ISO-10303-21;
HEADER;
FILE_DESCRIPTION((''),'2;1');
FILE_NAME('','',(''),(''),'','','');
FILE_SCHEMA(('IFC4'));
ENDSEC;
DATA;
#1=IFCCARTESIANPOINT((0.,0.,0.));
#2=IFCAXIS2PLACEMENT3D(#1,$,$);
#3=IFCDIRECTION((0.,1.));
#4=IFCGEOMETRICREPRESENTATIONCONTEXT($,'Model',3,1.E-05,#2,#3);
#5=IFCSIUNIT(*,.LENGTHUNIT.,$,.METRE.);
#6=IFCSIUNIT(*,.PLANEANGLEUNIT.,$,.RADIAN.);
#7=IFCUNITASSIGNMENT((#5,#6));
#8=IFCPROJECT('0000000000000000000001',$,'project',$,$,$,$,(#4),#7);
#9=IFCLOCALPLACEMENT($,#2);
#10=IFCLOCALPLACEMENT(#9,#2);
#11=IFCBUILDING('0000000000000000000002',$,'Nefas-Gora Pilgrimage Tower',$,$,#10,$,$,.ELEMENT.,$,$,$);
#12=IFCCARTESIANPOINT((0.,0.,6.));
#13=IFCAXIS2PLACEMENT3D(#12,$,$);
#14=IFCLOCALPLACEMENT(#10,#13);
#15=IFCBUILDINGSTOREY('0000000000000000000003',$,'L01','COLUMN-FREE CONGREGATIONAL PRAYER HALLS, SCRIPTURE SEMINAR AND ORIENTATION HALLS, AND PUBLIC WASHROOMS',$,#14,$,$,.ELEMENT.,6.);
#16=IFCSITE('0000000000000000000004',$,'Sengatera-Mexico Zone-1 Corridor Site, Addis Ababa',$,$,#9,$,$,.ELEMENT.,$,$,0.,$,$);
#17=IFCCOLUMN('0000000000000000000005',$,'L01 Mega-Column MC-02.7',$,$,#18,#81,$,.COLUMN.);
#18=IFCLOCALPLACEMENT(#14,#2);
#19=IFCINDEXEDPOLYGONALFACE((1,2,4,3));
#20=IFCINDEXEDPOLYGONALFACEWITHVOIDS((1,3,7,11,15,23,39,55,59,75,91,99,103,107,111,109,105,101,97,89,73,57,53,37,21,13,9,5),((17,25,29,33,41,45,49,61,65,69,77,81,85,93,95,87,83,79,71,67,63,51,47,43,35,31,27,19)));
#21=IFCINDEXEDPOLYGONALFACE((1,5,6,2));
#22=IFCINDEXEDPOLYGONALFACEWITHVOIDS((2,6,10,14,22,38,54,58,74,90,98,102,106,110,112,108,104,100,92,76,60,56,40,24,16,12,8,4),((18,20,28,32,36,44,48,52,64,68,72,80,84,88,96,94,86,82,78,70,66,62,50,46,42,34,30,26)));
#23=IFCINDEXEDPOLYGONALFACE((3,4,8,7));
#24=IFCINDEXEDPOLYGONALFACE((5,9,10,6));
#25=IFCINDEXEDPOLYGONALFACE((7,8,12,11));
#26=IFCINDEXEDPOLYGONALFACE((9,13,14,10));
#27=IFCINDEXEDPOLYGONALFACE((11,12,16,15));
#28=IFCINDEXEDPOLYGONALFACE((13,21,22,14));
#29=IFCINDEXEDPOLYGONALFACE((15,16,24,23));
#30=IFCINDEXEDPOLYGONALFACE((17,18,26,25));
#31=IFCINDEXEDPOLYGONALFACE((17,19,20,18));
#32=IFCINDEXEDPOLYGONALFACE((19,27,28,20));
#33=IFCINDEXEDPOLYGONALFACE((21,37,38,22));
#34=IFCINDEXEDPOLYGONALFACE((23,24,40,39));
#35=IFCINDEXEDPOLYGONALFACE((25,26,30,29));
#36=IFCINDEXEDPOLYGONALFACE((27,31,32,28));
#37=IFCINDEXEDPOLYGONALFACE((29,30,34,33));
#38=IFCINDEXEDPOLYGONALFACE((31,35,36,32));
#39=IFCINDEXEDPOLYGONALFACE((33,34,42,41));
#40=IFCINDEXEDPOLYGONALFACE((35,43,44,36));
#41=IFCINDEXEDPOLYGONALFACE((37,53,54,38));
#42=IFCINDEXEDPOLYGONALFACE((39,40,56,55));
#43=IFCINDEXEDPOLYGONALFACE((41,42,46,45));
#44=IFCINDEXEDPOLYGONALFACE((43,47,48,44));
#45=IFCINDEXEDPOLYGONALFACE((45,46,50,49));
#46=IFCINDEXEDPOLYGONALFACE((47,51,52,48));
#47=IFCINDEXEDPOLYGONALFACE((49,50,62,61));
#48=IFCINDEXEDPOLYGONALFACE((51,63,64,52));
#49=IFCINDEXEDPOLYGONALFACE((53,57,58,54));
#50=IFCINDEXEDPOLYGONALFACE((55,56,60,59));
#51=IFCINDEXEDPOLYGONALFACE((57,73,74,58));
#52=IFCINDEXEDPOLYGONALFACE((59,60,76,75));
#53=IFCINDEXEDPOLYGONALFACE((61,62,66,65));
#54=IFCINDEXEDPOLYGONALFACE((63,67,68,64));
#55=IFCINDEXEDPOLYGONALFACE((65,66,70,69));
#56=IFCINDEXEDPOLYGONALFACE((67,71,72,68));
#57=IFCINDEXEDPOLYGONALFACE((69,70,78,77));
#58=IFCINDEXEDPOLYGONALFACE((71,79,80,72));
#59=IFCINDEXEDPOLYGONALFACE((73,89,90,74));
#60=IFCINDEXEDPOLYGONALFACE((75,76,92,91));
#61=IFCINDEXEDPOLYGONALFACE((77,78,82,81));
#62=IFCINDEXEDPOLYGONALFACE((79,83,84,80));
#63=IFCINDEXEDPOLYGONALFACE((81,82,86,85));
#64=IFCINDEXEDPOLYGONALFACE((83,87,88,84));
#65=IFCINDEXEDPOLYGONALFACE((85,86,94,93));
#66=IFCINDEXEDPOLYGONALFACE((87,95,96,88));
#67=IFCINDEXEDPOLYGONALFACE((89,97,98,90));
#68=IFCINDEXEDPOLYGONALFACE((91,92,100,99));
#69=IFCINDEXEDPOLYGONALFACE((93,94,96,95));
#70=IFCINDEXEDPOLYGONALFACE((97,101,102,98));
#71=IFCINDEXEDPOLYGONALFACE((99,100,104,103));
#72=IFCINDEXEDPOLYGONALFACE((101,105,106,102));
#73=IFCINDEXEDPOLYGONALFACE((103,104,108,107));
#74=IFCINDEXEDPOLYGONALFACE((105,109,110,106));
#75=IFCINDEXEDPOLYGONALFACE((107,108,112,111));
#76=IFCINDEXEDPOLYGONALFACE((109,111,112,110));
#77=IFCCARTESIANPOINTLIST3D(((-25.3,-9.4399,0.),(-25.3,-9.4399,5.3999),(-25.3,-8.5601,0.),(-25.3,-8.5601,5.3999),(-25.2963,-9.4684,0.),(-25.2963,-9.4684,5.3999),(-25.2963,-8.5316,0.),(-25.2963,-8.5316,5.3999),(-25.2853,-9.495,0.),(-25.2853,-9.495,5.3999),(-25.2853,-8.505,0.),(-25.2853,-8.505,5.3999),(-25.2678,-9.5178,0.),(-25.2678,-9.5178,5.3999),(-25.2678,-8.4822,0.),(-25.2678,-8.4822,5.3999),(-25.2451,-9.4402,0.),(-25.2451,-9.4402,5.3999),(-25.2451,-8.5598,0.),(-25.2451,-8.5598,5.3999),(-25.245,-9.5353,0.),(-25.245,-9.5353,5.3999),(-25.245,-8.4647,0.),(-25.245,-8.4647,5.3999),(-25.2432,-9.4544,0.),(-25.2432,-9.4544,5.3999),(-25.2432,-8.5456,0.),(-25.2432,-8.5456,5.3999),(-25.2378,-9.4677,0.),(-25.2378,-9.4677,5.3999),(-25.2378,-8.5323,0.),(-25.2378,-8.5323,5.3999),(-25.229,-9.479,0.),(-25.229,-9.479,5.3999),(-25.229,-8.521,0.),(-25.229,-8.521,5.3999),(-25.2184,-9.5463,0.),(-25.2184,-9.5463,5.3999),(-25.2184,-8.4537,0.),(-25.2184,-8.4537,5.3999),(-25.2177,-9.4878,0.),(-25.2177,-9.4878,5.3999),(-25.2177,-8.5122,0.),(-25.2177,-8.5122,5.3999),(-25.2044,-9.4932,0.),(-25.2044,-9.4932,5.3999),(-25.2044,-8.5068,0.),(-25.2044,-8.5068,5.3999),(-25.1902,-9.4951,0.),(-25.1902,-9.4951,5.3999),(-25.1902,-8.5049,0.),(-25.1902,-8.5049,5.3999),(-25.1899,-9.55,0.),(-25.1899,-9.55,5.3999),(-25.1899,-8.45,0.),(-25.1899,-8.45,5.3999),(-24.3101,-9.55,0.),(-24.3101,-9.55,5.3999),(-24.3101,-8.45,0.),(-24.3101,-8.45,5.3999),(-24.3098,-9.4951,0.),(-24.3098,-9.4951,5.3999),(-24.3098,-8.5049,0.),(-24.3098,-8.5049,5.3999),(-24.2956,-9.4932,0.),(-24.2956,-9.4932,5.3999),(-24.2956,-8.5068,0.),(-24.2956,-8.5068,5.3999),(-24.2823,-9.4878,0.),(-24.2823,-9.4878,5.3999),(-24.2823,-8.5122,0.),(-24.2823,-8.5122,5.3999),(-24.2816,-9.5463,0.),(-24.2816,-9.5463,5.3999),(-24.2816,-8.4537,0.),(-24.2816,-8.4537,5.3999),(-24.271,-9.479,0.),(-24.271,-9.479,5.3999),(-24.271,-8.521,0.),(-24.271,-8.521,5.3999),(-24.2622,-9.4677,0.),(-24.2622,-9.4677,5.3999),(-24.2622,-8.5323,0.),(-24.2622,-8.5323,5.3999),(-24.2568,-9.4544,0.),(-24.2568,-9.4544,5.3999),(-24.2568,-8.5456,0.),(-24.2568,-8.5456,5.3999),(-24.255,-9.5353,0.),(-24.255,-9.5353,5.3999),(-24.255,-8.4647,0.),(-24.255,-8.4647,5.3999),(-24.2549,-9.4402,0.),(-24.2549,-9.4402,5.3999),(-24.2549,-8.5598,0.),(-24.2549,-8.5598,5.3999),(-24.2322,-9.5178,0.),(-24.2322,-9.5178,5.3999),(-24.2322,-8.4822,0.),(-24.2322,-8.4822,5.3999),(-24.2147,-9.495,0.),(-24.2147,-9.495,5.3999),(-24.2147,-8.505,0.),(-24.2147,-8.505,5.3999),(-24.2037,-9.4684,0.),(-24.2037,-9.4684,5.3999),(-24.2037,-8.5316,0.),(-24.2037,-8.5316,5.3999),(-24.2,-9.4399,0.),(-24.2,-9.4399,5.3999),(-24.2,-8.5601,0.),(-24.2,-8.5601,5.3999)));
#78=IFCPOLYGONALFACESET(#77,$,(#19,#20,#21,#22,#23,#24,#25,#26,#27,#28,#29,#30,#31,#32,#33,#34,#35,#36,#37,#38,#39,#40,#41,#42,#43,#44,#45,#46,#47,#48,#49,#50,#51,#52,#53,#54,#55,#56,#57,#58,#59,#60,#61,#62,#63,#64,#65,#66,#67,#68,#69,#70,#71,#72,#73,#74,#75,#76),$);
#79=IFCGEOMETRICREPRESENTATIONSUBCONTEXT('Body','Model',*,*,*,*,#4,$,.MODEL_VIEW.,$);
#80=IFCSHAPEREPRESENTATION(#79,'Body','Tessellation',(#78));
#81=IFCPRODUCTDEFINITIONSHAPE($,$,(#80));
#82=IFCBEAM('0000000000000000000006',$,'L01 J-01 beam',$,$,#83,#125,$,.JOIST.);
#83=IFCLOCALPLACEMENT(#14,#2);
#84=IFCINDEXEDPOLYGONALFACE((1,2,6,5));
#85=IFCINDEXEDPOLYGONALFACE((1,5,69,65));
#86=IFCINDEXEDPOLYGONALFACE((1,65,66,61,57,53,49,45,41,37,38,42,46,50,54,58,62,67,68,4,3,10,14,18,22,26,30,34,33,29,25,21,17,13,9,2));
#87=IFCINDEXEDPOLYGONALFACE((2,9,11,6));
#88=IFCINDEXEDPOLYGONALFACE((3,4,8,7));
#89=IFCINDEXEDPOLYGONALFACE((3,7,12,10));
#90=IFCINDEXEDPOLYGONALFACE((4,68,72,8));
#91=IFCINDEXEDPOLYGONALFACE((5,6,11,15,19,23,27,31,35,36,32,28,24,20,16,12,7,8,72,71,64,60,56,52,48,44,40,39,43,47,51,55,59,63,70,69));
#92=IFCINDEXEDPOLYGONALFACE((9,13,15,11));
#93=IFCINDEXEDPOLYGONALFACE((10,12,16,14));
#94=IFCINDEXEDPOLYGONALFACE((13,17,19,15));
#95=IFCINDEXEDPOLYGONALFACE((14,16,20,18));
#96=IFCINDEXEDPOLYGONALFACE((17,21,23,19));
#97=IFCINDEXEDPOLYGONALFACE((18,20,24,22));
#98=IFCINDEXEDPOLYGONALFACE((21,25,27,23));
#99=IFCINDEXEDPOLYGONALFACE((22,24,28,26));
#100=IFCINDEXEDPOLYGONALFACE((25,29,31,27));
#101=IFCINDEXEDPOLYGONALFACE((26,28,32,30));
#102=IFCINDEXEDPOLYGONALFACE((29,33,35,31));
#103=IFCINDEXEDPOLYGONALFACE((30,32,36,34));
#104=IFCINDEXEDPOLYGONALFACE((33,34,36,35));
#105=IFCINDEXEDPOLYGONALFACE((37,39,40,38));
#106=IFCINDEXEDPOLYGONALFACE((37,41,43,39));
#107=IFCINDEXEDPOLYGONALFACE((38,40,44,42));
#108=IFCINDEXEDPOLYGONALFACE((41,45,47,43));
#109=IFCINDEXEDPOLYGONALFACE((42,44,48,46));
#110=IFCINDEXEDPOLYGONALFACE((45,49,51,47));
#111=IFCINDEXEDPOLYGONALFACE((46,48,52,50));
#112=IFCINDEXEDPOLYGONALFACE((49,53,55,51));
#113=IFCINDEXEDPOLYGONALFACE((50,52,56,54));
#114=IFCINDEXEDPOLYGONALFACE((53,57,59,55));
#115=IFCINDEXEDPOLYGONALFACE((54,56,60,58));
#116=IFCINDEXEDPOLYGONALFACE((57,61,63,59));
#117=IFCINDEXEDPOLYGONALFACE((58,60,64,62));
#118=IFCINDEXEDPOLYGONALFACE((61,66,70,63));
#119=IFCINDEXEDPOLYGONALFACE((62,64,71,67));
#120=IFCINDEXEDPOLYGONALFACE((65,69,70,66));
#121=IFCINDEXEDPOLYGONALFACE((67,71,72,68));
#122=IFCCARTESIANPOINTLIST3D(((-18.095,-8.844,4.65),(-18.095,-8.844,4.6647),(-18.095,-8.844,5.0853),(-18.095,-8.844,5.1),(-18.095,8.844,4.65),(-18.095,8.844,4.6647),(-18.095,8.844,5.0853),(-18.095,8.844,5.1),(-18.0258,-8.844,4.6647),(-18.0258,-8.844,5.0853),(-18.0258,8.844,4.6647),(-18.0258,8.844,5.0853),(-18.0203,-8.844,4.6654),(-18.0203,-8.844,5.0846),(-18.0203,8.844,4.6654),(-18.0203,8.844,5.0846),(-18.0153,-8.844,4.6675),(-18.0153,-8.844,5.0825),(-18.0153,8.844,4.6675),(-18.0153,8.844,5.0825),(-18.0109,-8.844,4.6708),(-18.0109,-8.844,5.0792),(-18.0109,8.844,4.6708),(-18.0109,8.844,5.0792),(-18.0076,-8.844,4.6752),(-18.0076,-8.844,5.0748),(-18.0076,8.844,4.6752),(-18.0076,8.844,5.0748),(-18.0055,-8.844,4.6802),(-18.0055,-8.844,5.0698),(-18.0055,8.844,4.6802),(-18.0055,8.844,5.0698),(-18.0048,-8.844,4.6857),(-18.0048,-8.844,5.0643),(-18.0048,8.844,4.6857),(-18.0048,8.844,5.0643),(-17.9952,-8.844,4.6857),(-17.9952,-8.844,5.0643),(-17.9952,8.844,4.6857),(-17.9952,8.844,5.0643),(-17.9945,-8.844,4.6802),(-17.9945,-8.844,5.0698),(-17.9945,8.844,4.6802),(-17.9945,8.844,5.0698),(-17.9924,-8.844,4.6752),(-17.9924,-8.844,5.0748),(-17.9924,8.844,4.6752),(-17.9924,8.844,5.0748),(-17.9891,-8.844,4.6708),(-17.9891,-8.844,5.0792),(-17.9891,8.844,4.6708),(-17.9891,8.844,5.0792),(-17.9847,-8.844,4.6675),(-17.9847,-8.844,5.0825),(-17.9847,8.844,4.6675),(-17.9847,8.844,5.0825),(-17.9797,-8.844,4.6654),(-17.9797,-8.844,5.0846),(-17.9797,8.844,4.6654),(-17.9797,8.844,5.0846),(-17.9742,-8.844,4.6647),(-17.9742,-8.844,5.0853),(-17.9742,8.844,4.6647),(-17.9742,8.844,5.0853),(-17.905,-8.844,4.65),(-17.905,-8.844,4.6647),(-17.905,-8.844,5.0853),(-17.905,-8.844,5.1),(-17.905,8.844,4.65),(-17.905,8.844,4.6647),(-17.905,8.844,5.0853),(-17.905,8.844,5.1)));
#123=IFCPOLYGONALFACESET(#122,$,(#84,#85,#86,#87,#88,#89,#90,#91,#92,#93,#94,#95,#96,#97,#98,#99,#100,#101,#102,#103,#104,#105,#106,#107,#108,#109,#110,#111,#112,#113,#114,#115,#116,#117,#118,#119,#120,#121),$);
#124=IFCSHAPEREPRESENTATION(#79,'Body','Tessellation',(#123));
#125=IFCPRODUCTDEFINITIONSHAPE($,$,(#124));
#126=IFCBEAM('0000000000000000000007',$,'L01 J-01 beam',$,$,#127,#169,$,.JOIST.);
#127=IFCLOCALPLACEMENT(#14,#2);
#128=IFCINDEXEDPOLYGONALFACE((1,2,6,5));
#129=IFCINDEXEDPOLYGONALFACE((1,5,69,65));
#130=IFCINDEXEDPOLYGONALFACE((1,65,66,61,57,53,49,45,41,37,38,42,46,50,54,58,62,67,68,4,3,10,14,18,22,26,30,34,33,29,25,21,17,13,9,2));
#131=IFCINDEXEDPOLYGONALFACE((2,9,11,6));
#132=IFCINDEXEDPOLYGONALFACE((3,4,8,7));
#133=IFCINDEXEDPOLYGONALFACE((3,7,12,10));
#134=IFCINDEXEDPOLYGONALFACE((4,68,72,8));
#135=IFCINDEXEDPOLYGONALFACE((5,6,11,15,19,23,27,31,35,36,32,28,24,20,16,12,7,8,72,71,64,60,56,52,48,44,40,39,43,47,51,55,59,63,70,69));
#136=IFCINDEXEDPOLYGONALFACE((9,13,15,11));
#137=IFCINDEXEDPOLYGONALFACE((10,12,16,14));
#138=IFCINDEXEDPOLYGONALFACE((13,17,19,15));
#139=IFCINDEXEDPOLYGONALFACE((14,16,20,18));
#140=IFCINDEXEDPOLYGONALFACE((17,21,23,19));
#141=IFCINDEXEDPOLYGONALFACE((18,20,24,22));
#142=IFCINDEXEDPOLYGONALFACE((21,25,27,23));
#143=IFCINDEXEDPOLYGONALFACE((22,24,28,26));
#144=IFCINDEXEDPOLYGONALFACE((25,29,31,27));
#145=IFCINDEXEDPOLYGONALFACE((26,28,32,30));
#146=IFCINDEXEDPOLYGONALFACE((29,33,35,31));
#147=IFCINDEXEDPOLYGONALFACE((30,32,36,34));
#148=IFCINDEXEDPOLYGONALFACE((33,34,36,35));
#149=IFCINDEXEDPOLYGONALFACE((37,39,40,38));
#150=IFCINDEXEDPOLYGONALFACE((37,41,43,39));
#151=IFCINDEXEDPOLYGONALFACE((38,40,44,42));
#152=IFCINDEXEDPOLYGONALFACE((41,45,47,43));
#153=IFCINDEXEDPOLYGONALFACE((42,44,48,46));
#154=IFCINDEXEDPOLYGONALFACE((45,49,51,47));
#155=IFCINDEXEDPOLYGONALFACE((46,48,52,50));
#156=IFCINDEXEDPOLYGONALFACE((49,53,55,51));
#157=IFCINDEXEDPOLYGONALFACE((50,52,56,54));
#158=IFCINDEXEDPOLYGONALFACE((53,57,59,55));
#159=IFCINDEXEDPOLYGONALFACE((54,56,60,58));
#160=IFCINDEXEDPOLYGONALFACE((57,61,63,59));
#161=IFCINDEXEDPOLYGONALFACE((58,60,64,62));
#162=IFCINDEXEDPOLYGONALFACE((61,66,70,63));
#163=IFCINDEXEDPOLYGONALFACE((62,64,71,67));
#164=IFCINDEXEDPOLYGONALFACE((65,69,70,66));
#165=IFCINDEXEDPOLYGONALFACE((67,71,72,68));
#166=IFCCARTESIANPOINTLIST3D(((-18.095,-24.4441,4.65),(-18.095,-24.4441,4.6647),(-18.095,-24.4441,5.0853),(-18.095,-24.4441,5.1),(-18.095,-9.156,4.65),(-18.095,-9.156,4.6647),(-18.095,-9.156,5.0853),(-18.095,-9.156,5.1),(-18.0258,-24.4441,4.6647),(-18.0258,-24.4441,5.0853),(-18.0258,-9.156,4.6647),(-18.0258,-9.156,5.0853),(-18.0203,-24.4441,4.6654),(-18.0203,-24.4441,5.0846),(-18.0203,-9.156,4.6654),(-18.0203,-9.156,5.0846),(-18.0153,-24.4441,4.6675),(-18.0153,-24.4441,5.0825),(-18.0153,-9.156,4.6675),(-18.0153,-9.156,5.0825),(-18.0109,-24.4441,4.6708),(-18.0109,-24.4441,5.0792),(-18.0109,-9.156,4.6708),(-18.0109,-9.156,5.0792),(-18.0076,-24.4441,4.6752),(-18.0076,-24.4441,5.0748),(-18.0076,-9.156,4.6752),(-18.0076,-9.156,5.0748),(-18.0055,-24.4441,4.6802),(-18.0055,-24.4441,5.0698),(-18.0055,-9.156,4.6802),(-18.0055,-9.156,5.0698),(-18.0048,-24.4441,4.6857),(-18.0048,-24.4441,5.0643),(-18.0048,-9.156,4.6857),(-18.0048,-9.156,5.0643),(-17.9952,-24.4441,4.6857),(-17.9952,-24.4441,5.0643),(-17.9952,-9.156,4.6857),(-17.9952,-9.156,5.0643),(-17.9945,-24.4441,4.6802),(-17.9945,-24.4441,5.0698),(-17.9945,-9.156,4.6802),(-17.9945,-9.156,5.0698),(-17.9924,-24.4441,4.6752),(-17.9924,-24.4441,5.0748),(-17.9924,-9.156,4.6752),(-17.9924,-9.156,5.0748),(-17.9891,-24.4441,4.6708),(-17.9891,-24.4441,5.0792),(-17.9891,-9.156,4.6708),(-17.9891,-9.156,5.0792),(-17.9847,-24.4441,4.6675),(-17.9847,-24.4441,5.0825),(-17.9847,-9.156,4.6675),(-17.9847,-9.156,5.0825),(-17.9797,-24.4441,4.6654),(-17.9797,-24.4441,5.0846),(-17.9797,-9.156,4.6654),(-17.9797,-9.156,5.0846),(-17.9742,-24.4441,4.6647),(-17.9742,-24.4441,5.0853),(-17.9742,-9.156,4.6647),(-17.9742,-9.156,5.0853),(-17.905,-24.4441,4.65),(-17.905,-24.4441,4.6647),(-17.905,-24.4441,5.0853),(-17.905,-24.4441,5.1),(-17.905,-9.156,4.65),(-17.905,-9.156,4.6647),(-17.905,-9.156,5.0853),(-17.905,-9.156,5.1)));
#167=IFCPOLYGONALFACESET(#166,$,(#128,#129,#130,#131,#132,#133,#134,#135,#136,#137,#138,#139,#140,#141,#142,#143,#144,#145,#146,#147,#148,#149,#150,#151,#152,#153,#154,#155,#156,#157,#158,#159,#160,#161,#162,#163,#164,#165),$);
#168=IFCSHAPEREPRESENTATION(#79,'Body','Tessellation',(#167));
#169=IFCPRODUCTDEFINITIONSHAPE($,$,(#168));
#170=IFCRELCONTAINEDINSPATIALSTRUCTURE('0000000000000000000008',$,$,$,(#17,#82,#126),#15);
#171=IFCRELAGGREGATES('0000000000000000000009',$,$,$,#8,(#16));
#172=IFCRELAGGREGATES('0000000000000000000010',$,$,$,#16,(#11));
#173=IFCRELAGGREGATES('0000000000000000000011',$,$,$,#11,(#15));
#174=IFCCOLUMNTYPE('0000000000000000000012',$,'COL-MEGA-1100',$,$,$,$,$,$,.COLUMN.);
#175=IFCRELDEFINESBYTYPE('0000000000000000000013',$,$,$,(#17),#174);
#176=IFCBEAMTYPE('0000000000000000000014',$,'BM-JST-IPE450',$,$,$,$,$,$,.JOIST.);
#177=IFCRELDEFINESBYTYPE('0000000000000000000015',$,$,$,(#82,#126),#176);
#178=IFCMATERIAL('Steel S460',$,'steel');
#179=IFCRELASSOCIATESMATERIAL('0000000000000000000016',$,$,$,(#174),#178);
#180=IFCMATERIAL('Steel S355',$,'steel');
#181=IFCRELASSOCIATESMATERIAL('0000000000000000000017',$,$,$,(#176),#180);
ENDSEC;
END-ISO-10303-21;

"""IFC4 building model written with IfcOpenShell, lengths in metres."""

from ifc_helpers import new_model, si_unit, direction, frame, origin, origin_2d, place, context, subcontext, project, spatial, hollow_rectangle, i_section, extrude, source, transform, mapped, material, material_profile, profile_set, type_object, element, save


model = new_model("IFC4")

# Units and contexts
model_context = context("Model", 3, precision=1e-05, world=origin(), true_north=direction((0.0, 1.0)))
body_context = subcontext(model_context, "Body", "Model", "MODEL_VIEW")
ifc_project = project(units=[si_unit("LENGTHUNIT", "METRE"), si_unit("PLANEANGLEUNIT", "RADIAN")], contexts=[model_context])

# Site, building, storey
site_placement = place(None, origin())
site = spatial("IfcSite", under=ifc_project, at=site_placement, Name="Sengatera-Mexico Zone-1 Corridor Site, Addis Ababa", CompositionType="ELEMENT", RefElevation=0.0)
building_placement = place(site_placement, origin())
building = spatial("IfcBuilding", under=site, at=building_placement, Name="Nefas-Gora Pilgrimage Tower", CompositionType="ELEMENT")
storey_placement = place(building_placement, frame((0.0, 0.0, 6.0)))
storey = spatial("IfcBuildingStorey", under=building, at=storey_placement, Name="L01", Description="COLUMN-FREE CONGREGATIONAL PRAYER HALLS, SCRIPTURE SEMINAR AND ORIENTATION HALLS, AND PUBLIC WASHROOMS", CompositionType="ELEMENT", Elevation=6.0)

# Column
ifc_material_1 = material(Name="Steel S460", Category="steel")
ifc_material_profile_1 = material_profile(ifc_material_1, hollow_rectangle(XDim=1.1001, YDim=1.1001, WallThickness=0.0549, InnerFilletRadius=0.0549, OuterFilletRadius=0.1101, at=origin_2d()), Name="BOX 1100x1100x55")
ifc_profile_set_1 = profile_set([ifc_material_profile_1], Name="Steel S460")
column_type_1 = type_object("IfcColumnType", Name="COL-MEGA-1100", PredefinedType="COLUMN", material=ifc_profile_set_1)
shared_shape_1 = source(origin(), body_context, "Body", "SweptSolid", [
    extrude(hollow_rectangle(XDim=1.1001, YDim=1.1001, WallThickness=0.0549, InnerFilletRadius=0.0549, OuterFilletRadius=0.1101, at=origin_2d()), origin(), (0.0, 0.0, 1.0), 5.3999),
])
column_placement = place(storey_placement, frame((-24.75, -9.0, 0.0), z_axis=(0.0, 0.0, 1.0), x_axis=(1.0, 0.0, 0.0)))
element("IfcColumn", 1, at=column_placement, inside=storey, type_object=column_type_1, Name="L01 Mega-Column MC-02.7", PredefinedType="COLUMN", context=body_context, shape_type="MappedRepresentation", body=[
    mapped(shared_shape_1, transform((0.0, 0.0, 0.0), x_axis=(1.0, 0.0, 0.0), y_axis=(0.0, 1.0, 0.0), z_axis=(0.0, 0.0, 1.0), scale=1.0)),
])

# Beams
ifc_material_2 = material(Name="Steel S355", Category="steel")
ifc_material_profile_2 = material_profile(ifc_material_2, i_section(OverallWidth=0.1899, OverallDepth=0.45, WebThickness=0.0095, FlangeThickness=0.0146, FilletRadius=0.021, at=origin_2d()), Name="IPE 450")
ifc_profile_set_2 = profile_set([ifc_material_profile_2], Name="Steel S355")
beam_type_1 = type_object("IfcBeamType", Name="BM-JST-IPE450", PredefinedType="JOIST", material=ifc_profile_set_2)
shared_shape_2 = source(origin(), body_context, "Body", "SweptSolid", [
    extrude(i_section(OverallWidth=0.1899, OverallDepth=0.45, WebThickness=0.0095, FlangeThickness=0.0146, FilletRadius=0.021, at=origin_2d()), origin(), (0.0, 0.0, 1.0), 17.688),
])
beam_1_placement = place(storey_placement, frame((-18.0, -8.844, 4.875), z_axis=(0.0, 1.0, 0.0), x_axis=(-1.0, 0.0, 0.0)))
element("IfcBeam", 2, at=beam_1_placement, inside=storey, type_object=beam_type_1, Name="L01 J-01 beam", PredefinedType="JOIST", context=body_context, shape_type="MappedRepresentation", body=[
    mapped(shared_shape_2, transform((0.0, 0.0, 0.0), x_axis=(1.0, 0.0, 0.0), y_axis=(0.0, 1.0, 0.0), z_axis=(0.0, 0.0, 1.0), scale=1.0)),
])
shared_shape_3 = source(origin(), body_context, "Body", "SweptSolid", [
    extrude(i_section(OverallWidth=0.1899, OverallDepth=0.45, WebThickness=0.0095, FlangeThickness=0.0146, FilletRadius=0.021, at=origin_2d()), origin(), (0.0, 0.0, 1.0), 15.2881),
])
beam_2_placement = place(storey_placement, frame((-18.0, -24.4441, 4.875), z_axis=(0.0, 1.0, 0.0), x_axis=(-1.0, 0.0, 0.0)))
element("IfcBeam", 3, at=beam_2_placement, inside=storey, type_object=beam_type_1, Name="L01 J-01 beam", PredefinedType="JOIST", context=body_context, shape_type="MappedRepresentation", body=[
    mapped(shared_shape_3, transform((0.0, 0.0, 0.0), x_axis=(1.0, 0.0, 0.0), y_axis=(0.0, 1.0, 0.0), z_axis=(0.0, 0.0, 1.0), scale=1.0)),
])

save(model, "model.ifc")
